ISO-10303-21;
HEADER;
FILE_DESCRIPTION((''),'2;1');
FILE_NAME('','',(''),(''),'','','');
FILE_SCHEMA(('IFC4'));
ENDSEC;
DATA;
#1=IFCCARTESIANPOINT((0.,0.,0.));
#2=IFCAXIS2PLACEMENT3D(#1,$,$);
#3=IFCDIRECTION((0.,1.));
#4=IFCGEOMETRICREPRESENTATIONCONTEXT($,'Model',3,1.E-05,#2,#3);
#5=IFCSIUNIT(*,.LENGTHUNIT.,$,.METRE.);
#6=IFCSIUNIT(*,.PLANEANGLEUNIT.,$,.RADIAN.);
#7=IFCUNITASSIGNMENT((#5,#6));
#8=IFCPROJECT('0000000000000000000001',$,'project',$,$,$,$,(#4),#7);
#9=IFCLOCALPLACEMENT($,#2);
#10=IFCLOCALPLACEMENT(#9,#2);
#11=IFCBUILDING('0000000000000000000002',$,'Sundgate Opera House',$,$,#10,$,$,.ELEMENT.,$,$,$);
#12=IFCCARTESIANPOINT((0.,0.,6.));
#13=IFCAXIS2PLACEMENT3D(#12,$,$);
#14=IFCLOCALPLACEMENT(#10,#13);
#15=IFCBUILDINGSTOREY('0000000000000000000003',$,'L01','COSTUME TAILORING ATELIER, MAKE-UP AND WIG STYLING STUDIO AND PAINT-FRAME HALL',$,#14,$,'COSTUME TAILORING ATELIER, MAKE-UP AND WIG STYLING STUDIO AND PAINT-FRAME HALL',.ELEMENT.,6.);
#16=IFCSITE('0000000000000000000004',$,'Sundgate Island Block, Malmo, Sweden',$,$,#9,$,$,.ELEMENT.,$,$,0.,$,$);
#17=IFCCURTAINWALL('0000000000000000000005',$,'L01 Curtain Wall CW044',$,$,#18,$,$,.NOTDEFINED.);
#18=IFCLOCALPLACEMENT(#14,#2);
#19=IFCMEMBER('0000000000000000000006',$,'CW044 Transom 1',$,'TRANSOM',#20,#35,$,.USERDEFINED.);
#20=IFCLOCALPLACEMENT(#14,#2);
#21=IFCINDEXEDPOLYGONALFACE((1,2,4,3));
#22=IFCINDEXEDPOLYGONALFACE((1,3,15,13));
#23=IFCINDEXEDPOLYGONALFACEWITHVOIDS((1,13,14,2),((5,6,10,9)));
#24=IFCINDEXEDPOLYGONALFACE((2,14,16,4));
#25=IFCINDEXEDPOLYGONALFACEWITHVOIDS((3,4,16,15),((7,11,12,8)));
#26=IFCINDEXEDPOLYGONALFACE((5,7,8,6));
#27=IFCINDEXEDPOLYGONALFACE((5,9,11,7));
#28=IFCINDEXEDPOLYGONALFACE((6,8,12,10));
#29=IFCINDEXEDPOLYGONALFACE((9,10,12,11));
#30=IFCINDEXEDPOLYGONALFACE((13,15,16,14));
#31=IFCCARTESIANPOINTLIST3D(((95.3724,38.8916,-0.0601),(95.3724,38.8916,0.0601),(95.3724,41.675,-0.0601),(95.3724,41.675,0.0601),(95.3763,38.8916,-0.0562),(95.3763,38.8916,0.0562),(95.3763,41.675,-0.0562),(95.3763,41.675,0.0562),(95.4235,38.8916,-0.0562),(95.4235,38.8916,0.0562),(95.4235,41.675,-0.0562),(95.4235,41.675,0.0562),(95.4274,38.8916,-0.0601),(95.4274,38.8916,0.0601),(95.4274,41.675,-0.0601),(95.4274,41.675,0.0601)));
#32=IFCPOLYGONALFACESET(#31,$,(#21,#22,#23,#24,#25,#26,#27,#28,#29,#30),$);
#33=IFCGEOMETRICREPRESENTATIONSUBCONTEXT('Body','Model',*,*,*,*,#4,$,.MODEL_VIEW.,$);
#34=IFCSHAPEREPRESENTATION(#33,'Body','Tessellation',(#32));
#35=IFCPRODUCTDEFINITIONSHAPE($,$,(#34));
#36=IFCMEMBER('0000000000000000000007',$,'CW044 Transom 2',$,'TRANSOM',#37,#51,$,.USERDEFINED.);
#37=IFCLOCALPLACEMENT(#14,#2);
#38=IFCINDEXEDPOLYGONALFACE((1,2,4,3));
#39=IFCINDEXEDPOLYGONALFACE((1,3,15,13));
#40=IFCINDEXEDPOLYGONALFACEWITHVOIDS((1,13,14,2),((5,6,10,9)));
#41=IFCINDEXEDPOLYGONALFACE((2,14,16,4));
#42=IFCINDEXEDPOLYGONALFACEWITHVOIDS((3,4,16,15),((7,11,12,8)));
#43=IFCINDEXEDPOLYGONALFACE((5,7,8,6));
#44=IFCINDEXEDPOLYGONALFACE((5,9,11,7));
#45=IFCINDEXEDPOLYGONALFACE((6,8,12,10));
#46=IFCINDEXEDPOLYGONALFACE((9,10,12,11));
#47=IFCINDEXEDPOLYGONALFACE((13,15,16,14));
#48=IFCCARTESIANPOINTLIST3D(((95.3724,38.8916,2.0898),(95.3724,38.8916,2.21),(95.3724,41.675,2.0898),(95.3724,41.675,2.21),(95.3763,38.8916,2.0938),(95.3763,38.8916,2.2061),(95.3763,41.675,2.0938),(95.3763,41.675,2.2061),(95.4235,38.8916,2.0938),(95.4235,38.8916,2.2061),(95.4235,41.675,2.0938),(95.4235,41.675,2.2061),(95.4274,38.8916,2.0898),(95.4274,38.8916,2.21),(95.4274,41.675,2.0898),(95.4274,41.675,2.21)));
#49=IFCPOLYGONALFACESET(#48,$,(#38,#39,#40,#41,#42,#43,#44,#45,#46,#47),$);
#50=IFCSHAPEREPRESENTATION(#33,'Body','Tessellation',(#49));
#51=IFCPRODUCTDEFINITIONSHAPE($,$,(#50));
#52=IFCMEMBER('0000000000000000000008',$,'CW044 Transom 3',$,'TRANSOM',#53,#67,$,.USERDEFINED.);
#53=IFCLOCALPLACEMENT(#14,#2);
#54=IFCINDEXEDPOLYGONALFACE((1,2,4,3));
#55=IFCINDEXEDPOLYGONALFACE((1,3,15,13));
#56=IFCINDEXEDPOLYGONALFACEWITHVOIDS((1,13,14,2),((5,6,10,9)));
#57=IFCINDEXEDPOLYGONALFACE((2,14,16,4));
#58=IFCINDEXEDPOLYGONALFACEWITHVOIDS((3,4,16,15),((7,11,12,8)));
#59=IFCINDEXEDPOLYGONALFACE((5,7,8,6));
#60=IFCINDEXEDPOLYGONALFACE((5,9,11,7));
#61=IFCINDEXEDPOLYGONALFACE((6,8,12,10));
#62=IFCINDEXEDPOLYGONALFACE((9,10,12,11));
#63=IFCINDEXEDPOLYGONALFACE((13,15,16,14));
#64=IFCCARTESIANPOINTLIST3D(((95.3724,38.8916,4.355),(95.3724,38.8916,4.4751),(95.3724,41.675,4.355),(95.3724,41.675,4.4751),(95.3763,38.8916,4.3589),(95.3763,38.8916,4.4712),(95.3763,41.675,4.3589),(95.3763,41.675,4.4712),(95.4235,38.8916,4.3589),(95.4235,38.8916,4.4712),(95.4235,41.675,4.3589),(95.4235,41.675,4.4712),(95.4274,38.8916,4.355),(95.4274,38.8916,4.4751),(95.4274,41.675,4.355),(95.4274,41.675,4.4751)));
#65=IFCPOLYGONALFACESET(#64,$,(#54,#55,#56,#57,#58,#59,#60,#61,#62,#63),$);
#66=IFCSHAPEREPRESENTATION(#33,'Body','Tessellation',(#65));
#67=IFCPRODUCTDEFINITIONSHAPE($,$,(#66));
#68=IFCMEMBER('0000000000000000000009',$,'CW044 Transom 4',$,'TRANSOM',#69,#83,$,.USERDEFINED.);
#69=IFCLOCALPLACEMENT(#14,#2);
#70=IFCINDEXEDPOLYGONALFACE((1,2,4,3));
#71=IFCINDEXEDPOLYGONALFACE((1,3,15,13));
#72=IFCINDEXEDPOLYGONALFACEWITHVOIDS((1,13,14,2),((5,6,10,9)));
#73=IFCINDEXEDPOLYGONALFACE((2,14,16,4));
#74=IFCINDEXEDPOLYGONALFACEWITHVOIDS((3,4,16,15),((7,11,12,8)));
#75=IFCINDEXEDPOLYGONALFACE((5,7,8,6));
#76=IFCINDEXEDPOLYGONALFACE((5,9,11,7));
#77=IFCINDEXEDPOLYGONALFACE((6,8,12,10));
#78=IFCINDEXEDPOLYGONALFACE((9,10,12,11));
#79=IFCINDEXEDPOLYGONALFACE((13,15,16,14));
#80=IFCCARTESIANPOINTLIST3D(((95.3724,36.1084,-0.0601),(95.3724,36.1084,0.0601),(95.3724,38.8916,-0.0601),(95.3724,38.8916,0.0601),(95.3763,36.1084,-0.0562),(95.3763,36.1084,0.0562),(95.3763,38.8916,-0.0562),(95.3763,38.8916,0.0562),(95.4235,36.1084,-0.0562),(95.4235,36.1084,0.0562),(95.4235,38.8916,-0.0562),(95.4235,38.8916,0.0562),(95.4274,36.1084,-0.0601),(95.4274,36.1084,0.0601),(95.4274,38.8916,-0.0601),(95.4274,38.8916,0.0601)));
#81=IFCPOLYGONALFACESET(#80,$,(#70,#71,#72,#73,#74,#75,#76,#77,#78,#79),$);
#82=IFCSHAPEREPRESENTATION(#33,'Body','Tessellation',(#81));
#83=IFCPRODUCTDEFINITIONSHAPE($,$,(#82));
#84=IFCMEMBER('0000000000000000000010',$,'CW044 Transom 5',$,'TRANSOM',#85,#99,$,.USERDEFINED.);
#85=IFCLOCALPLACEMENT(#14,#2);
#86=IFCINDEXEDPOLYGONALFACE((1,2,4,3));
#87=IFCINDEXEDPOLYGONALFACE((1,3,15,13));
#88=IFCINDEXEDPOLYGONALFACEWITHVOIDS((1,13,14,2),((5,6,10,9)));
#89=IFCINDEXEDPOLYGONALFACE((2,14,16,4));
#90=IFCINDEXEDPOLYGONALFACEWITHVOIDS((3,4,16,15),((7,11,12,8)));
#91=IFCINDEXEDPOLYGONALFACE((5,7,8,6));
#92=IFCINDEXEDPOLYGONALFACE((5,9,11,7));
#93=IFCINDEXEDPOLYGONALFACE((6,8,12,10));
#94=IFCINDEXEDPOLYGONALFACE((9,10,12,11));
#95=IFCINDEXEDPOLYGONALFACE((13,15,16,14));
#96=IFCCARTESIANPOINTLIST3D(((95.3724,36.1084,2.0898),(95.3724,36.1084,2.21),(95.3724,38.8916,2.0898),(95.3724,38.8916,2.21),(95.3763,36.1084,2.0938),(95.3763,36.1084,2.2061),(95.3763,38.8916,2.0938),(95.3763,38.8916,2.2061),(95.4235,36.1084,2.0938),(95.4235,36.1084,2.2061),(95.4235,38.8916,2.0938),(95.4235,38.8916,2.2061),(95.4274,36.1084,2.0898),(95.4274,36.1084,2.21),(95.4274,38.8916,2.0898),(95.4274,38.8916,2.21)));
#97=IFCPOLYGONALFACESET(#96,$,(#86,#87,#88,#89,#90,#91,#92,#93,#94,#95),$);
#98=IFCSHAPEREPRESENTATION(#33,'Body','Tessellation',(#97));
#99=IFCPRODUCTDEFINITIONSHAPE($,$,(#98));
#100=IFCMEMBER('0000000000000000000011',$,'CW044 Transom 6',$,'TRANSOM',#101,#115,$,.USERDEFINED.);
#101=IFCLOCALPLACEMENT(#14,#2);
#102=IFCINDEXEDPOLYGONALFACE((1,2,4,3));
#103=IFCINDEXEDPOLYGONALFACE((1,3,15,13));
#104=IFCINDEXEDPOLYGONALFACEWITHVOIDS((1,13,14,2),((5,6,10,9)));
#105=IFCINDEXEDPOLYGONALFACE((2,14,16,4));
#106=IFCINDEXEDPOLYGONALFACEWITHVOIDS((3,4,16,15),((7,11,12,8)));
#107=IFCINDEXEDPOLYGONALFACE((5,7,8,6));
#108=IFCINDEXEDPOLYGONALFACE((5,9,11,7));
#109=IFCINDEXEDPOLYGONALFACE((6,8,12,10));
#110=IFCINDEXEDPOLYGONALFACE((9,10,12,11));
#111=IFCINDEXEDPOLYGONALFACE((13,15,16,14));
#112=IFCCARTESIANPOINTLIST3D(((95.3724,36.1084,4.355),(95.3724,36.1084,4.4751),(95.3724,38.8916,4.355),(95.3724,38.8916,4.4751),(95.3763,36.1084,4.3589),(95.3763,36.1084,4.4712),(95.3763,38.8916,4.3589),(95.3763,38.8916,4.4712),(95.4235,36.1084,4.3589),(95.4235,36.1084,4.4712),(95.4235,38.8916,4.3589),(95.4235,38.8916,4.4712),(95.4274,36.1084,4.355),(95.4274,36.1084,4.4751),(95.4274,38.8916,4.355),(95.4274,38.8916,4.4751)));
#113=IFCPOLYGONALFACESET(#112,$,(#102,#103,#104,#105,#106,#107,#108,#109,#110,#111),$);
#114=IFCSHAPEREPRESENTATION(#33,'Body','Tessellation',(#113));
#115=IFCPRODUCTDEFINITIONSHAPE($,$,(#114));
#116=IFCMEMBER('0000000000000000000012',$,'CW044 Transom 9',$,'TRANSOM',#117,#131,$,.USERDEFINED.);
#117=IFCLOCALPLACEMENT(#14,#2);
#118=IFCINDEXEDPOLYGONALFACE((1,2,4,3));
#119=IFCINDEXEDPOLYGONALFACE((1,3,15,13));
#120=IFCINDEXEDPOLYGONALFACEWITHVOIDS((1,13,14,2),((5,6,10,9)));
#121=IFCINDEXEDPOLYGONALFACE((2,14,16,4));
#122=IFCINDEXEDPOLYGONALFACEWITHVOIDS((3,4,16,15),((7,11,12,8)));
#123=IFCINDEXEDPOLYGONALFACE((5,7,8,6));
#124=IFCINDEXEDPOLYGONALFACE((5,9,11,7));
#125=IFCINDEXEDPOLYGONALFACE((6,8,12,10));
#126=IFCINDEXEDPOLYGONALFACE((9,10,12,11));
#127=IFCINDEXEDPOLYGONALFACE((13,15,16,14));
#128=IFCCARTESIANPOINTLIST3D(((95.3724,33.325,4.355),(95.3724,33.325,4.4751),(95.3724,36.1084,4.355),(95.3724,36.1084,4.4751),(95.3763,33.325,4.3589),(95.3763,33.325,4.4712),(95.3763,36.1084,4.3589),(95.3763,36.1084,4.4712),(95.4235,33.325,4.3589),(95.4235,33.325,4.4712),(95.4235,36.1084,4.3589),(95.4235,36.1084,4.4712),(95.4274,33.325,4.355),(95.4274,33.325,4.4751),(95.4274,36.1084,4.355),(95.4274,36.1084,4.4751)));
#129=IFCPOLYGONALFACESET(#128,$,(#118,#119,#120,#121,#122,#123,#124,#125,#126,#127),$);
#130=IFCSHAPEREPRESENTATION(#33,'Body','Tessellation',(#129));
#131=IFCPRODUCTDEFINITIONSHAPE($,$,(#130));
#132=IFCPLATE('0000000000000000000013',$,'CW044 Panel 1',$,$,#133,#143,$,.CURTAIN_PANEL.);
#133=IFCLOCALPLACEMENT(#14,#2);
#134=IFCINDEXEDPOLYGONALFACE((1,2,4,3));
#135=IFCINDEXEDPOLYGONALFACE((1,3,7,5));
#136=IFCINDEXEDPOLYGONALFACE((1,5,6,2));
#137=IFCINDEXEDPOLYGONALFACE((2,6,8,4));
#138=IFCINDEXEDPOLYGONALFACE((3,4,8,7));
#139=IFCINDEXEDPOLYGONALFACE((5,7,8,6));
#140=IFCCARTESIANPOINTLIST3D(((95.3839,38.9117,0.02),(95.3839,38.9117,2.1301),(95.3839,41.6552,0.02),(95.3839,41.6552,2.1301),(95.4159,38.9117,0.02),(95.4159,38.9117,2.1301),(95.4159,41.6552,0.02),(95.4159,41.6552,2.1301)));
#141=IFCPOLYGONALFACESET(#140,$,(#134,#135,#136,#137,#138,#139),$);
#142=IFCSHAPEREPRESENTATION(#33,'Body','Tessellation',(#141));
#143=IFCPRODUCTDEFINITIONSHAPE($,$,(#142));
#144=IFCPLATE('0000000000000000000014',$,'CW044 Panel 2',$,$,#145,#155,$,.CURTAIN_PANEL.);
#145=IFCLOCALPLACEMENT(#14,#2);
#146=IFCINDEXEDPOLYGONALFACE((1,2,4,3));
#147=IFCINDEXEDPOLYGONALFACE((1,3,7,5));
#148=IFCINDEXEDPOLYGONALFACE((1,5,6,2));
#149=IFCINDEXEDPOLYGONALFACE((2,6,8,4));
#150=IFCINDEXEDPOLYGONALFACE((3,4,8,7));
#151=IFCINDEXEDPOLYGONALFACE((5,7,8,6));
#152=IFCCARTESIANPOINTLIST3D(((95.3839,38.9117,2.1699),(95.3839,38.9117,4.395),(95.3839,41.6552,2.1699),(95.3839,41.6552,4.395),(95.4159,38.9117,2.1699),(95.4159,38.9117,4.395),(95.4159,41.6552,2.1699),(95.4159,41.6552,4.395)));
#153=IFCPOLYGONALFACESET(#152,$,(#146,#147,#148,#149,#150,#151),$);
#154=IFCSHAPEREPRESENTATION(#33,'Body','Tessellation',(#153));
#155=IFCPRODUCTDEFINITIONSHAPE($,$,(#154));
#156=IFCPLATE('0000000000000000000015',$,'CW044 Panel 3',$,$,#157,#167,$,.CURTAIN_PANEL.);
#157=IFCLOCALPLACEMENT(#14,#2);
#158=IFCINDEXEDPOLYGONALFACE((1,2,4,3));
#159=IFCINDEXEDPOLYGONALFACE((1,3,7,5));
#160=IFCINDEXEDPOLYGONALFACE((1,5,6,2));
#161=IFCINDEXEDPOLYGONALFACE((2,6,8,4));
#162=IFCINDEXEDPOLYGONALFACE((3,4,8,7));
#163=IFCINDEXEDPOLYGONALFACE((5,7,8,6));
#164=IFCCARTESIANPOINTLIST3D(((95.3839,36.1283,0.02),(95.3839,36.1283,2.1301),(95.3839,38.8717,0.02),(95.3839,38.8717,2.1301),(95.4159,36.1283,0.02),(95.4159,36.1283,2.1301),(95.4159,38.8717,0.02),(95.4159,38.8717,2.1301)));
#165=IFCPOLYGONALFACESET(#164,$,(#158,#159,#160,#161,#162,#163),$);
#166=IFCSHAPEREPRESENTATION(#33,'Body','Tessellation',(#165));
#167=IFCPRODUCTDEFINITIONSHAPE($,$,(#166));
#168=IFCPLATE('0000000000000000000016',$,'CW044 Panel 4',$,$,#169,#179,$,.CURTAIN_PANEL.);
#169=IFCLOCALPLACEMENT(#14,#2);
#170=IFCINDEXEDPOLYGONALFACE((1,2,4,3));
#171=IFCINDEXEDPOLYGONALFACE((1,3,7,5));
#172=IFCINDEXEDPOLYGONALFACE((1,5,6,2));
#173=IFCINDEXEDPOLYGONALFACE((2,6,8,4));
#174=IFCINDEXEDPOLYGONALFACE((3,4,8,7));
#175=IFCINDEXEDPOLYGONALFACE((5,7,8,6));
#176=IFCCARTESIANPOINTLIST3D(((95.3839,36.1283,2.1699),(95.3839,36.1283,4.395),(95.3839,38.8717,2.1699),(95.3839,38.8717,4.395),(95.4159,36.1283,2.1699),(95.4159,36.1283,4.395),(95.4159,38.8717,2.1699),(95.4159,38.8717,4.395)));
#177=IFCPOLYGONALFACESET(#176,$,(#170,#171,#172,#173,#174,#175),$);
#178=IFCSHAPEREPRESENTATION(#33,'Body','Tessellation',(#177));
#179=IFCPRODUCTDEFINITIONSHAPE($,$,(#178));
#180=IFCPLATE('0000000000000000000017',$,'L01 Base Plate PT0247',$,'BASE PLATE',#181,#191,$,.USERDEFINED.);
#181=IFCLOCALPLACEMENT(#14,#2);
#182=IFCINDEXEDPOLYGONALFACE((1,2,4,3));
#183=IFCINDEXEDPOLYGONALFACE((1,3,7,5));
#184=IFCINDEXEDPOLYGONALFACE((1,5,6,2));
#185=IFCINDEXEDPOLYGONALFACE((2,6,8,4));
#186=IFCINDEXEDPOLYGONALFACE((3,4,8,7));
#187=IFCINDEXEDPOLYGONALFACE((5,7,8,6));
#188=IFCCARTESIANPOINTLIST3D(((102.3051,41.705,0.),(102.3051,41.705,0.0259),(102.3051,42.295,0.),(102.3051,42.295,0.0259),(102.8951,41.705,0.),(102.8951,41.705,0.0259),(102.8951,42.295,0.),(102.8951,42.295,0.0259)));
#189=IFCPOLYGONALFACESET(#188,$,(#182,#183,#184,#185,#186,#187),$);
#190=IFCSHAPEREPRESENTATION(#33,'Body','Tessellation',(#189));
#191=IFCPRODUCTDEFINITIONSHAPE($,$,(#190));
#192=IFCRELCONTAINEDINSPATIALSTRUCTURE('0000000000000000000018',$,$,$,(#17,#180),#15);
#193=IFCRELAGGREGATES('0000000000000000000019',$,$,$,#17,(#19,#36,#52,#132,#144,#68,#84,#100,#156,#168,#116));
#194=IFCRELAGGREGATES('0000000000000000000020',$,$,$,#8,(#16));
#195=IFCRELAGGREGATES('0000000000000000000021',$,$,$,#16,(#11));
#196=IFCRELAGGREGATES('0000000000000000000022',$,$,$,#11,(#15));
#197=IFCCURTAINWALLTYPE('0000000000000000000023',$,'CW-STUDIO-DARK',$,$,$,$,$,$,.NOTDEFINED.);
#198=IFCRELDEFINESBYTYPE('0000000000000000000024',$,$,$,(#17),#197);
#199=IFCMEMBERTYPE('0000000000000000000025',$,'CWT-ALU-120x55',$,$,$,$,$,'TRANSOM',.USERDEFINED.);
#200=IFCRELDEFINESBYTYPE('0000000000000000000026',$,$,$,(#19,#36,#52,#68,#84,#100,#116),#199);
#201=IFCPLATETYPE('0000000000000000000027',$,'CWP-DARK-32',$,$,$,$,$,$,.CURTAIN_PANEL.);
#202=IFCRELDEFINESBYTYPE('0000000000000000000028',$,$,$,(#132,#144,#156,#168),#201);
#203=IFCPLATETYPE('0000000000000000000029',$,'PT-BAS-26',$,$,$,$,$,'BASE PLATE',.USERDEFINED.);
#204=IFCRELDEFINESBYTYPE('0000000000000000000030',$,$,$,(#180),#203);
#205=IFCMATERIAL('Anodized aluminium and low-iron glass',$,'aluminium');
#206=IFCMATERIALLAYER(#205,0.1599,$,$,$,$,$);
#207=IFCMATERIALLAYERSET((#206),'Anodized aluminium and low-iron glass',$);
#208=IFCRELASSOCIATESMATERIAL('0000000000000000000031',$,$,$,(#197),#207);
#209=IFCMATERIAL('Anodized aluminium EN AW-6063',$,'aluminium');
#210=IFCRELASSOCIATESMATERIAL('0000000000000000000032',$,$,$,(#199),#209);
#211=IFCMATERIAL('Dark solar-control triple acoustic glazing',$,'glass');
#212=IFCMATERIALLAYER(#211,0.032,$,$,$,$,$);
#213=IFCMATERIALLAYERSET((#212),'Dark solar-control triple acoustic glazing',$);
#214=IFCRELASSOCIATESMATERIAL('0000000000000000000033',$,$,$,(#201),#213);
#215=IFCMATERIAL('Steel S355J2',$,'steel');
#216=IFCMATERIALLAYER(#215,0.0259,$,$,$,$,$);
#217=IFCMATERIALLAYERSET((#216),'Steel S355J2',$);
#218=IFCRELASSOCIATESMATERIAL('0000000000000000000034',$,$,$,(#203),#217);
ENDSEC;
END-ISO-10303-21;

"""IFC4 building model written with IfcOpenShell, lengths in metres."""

from ifc_helpers import new_model, si_unit, direction, frame, origin, origin_2d, place, context, subcontext, project, spatial, rectangle, hollow_rectangle, extrude, material, layer, layer_set, material_profile, profile_set, type_object, element, aggregate, save


model = new_model("IFC4")

# Units and contexts
model_context = context("Model", 3, precision=1e-05, world=origin(), true_north=direction((0.0, 1.0)))
body_context = subcontext(model_context, "Body", "Model", "MODEL_VIEW")
ifc_project = project(units=[si_unit("LENGTHUNIT", "METRE"), si_unit("PLANEANGLEUNIT", "RADIAN")], contexts=[model_context])

# Site, building, storey
site_placement = place(None, origin())
site = spatial("IfcSite", under=ifc_project, at=site_placement, Name="Sundgate Island Block, Malmo, Sweden", CompositionType="ELEMENT", RefElevation=0.0)
building_placement = place(site_placement, origin())
building = spatial("IfcBuilding", under=site, at=building_placement, Name="Sundgate Opera House", CompositionType="ELEMENT")
storey_placement = place(building_placement, frame((0.0, 0.0, 6.0)))
storey = spatial("IfcBuildingStorey", under=building, at=storey_placement, Name="L01", Description="COSTUME TAILORING ATELIER, MAKE-UP AND WIG STYLING STUDIO AND PAINT-FRAME HALL", LongName="COSTUME TAILORING ATELIER, MAKE-UP AND WIG STYLING STUDIO AND PAINT-FRAME HALL", CompositionType="ELEMENT", Elevation=6.0)

# Curtain wall
ifc_material_1 = material(Name="Anodized aluminium and low-iron glass", Category="aluminium")
ifc_layer_1 = layer(ifc_material_1, 0.1599)
ifc_layer_set_1 = layer_set([ifc_layer_1], Name="Anodized aluminium and low-iron glass")
curtain_wall_type = type_object("IfcCurtainWallType", Name="CW-STUDIO-DARK", PredefinedType="NOTDEFINED", material=ifc_layer_set_1)
curtain_wall_1_placement = place(storey_placement, origin())
curtain_wall_1 = element("IfcCurtainWall", 1, at=curtain_wall_1_placement, inside=storey, type_object=curtain_wall_type, Name="L01 Curtain Wall CW044", PredefinedType="NOTDEFINED")

# Members
ifc_material_2 = material(Name="Anodized aluminium EN AW-6063", Category="aluminium")
ifc_material_profile_1 = material_profile(ifc_material_2, hollow_rectangle(XDim=0.0549, YDim=0.1201, WallThickness=0.0039, at=origin_2d()), Name="CWT 120x55x4")
ifc_profile_set_1 = profile_set([ifc_material_profile_1], Name="Anodized aluminium EN AW-6063")
member_type_1 = type_object("IfcMemberType", Name="CWT-ALU-120x55", ElementType="TRANSOM", PredefinedType="USERDEFINED", material=ifc_profile_set_1)
member_1_placement = place(storey_placement, frame((95.3999, 41.675, 0.0), z_axis=(0.0, -1.0, 0.0), x_axis=(1.0, 0.0, 0.0)))
member_1 = element("IfcMember", 2, at=member_1_placement, type_object=member_type_1, Name="CW044 Transom 1", ObjectType="TRANSOM", PredefinedType="USERDEFINED", context=body_context, shape_type="SweptSolid", body=[
    extrude(hollow_rectangle(XDim=0.0549, YDim=0.1201, WallThickness=0.0039, at=origin_2d()), origin(), (0.0, 0.0, 1.0), 2.7834),
])
member_2_placement = place(storey_placement, frame((95.3999, 41.675, 2.1499), z_axis=(0.0, -1.0, 0.0), x_axis=(1.0, 0.0, 0.0)))
member_2 = element("IfcMember", 3, at=member_2_placement, type_object=member_type_1, Name="CW044 Transom 2", ObjectType="TRANSOM", PredefinedType="USERDEFINED", context=body_context, shape_type="SweptSolid", body=[
    extrude(hollow_rectangle(XDim=0.0549, YDim=0.1201, WallThickness=0.0039, at=origin_2d()), origin(), (0.0, 0.0, 1.0), 2.7834),
])
member_3_placement = place(storey_placement, frame((95.3999, 41.675, 4.415), z_axis=(0.0, -1.0, 0.0), x_axis=(1.0, 0.0, 0.0)))
member_3 = element("IfcMember", 4, at=member_3_placement, type_object=member_type_1, Name="CW044 Transom 3", ObjectType="TRANSOM", PredefinedType="USERDEFINED", context=body_context, shape_type="SweptSolid", body=[
    extrude(hollow_rectangle(XDim=0.0549, YDim=0.1201, WallThickness=0.0039, at=origin_2d()), origin(), (0.0, 0.0, 1.0), 2.7834),
])
member_4_placement = place(storey_placement, frame((95.3999, 38.8916, 0.0), z_axis=(0.0, -1.0, 0.0), x_axis=(1.0, 0.0, 0.0)))
member_4 = element("IfcMember", 5, at=member_4_placement, type_object=member_type_1, Name="CW044 Transom 4", ObjectType="TRANSOM", PredefinedType="USERDEFINED", context=body_context, shape_type="SweptSolid", body=[
    extrude(hollow_rectangle(XDim=0.0549, YDim=0.1201, WallThickness=0.0039, at=origin_2d()), origin(), (0.0, 0.0, 1.0), 2.7832),
])
member_5_placement = place(storey_placement, frame((95.3999, 38.8916, 2.1499), z_axis=(0.0, -1.0, 0.0), x_axis=(1.0, 0.0, 0.0)))
member_5 = element("IfcMember", 6, at=member_5_placement, type_object=member_type_1, Name="CW044 Transom 5", ObjectType="TRANSOM", PredefinedType="USERDEFINED", context=body_context, shape_type="SweptSolid", body=[
    extrude(hollow_rectangle(XDim=0.0549, YDim=0.1201, WallThickness=0.0039, at=origin_2d()), origin(), (0.0, 0.0, 1.0), 2.7832),
])
member_6_placement = place(storey_placement, frame((95.3999, 38.8916, 4.415), z_axis=(0.0, -1.0, 0.0), x_axis=(1.0, 0.0, 0.0)))
member_6 = element("IfcMember", 7, at=member_6_placement, type_object=member_type_1, Name="CW044 Transom 6", ObjectType="TRANSOM", PredefinedType="USERDEFINED", context=body_context, shape_type="SweptSolid", body=[
    extrude(hollow_rectangle(XDim=0.0549, YDim=0.1201, WallThickness=0.0039, at=origin_2d()), origin(), (0.0, 0.0, 1.0), 2.7832),
])
member_7_placement = place(storey_placement, frame((95.3999, 36.1084, 4.415), z_axis=(0.0, -1.0, 0.0), x_axis=(1.0, 0.0, 0.0)))
member_7 = element("IfcMember", 8, at=member_7_placement, type_object=member_type_1, Name="CW044 Transom 9", ObjectType="TRANSOM", PredefinedType="USERDEFINED", context=body_context, shape_type="SweptSolid", body=[
    extrude(hollow_rectangle(XDim=0.0549, YDim=0.1201, WallThickness=0.0039, at=origin_2d()), origin(), (0.0, 0.0, 1.0), 2.7834),
])

# Plates
ifc_material_3 = material(Name="Dark solar-control triple acoustic glazing", Category="glass")
ifc_layer_2 = layer(ifc_material_3, 0.032)
ifc_layer_set_2 = layer_set([ifc_layer_2], Name="Dark solar-control triple acoustic glazing")
plate_type_1 = type_object("IfcPlateType", Name="CWP-DARK-32", PredefinedType="CURTAIN_PANEL", material=ifc_layer_set_2)
plate_1_placement = place(storey_placement, frame((95.3999, 40.2834, 0.02), z_axis=(0.0, 0.0, 1.0), x_axis=(0.0, -1.0, 0.0)))
plate_1 = element("IfcPlate", 9, at=plate_1_placement, type_object=plate_type_1, Name="CW044 Panel 1", PredefinedType="CURTAIN_PANEL", context=body_context, shape_type="SweptSolid", body=[
    extrude(rectangle(XDim=2.7434, YDim=0.032, at=origin_2d()), origin(), (0.0, 0.0, 1.0), 2.1101),
])
plate_2_placement = place(storey_placement, frame((95.3999, 40.2834, 2.1699), z_axis=(0.0, 0.0, 1.0), x_axis=(0.0, -1.0, 0.0)))
plate_2 = element("IfcPlate", 10, at=plate_2_placement, type_object=plate_type_1, Name="CW044 Panel 2", PredefinedType="CURTAIN_PANEL", context=body_context, shape_type="SweptSolid", body=[
    extrude(rectangle(XDim=2.7434, YDim=0.032, at=origin_2d()), origin(), (0.0, 0.0, 1.0), 2.2251),
])
plate_3_placement = place(storey_placement, frame((95.3999, 37.5, 0.02), z_axis=(0.0, 0.0, 1.0), x_axis=(0.0, -1.0, 0.0)))
plate_3 = element("IfcPlate", 11, at=plate_3_placement, type_object=plate_type_1, Name="CW044 Panel 3", PredefinedType="CURTAIN_PANEL", context=body_context, shape_type="SweptSolid", body=[
    extrude(rectangle(XDim=2.7434, YDim=0.032, at=origin_2d()), origin(), (0.0, 0.0, 1.0), 2.1101),
])
plate_4_placement = place(storey_placement, frame((95.3999, 37.5, 2.1699), z_axis=(0.0, 0.0, 1.0), x_axis=(0.0, -1.0, 0.0)))
plate_4 = element("IfcPlate", 12, at=plate_4_placement, type_object=plate_type_1, Name="CW044 Panel 4", PredefinedType="CURTAIN_PANEL", context=body_context, shape_type="SweptSolid", body=[
    extrude(rectangle(XDim=2.7434, YDim=0.032, at=origin_2d()), origin(), (0.0, 0.0, 1.0), 2.2251),
])
aggregate(curtain_wall_1, [member_1, member_2, member_3, plate_1, plate_2, member_4, member_5, member_6, plate_3, plate_4, member_7])

# Plate
ifc_material_4 = material(Name="Steel S355J2", Category="steel")
ifc_layer_3 = layer(ifc_material_4, 0.0259)
ifc_layer_set_3 = layer_set([ifc_layer_3], Name="Steel S355J2")
plate_type_2 = type_object("IfcPlateType", Name="PT-BAS-26", ElementType="BASE PLATE", PredefinedType="USERDEFINED", material=ifc_layer_set_3)
plate_5_placement = place(storey_placement, frame((102.6001, 42.0, 0.0), z_axis=(0.0, 0.0, 1.0), x_axis=(1.0, 0.0, 0.0)))
element("IfcPlate", 13, at=plate_5_placement, inside=storey, type_object=plate_type_2, Name="L01 Base Plate PT0247", ObjectType="BASE PLATE", PredefinedType="USERDEFINED", context=body_context, shape_type="SweptSolid", body=[
    extrude(rectangle(XDim=0.5901, YDim=0.5901, at=origin_2d()), origin(), (0.0, 0.0, 1.0), 0.0259),
])

save(model, "model.ifc")
